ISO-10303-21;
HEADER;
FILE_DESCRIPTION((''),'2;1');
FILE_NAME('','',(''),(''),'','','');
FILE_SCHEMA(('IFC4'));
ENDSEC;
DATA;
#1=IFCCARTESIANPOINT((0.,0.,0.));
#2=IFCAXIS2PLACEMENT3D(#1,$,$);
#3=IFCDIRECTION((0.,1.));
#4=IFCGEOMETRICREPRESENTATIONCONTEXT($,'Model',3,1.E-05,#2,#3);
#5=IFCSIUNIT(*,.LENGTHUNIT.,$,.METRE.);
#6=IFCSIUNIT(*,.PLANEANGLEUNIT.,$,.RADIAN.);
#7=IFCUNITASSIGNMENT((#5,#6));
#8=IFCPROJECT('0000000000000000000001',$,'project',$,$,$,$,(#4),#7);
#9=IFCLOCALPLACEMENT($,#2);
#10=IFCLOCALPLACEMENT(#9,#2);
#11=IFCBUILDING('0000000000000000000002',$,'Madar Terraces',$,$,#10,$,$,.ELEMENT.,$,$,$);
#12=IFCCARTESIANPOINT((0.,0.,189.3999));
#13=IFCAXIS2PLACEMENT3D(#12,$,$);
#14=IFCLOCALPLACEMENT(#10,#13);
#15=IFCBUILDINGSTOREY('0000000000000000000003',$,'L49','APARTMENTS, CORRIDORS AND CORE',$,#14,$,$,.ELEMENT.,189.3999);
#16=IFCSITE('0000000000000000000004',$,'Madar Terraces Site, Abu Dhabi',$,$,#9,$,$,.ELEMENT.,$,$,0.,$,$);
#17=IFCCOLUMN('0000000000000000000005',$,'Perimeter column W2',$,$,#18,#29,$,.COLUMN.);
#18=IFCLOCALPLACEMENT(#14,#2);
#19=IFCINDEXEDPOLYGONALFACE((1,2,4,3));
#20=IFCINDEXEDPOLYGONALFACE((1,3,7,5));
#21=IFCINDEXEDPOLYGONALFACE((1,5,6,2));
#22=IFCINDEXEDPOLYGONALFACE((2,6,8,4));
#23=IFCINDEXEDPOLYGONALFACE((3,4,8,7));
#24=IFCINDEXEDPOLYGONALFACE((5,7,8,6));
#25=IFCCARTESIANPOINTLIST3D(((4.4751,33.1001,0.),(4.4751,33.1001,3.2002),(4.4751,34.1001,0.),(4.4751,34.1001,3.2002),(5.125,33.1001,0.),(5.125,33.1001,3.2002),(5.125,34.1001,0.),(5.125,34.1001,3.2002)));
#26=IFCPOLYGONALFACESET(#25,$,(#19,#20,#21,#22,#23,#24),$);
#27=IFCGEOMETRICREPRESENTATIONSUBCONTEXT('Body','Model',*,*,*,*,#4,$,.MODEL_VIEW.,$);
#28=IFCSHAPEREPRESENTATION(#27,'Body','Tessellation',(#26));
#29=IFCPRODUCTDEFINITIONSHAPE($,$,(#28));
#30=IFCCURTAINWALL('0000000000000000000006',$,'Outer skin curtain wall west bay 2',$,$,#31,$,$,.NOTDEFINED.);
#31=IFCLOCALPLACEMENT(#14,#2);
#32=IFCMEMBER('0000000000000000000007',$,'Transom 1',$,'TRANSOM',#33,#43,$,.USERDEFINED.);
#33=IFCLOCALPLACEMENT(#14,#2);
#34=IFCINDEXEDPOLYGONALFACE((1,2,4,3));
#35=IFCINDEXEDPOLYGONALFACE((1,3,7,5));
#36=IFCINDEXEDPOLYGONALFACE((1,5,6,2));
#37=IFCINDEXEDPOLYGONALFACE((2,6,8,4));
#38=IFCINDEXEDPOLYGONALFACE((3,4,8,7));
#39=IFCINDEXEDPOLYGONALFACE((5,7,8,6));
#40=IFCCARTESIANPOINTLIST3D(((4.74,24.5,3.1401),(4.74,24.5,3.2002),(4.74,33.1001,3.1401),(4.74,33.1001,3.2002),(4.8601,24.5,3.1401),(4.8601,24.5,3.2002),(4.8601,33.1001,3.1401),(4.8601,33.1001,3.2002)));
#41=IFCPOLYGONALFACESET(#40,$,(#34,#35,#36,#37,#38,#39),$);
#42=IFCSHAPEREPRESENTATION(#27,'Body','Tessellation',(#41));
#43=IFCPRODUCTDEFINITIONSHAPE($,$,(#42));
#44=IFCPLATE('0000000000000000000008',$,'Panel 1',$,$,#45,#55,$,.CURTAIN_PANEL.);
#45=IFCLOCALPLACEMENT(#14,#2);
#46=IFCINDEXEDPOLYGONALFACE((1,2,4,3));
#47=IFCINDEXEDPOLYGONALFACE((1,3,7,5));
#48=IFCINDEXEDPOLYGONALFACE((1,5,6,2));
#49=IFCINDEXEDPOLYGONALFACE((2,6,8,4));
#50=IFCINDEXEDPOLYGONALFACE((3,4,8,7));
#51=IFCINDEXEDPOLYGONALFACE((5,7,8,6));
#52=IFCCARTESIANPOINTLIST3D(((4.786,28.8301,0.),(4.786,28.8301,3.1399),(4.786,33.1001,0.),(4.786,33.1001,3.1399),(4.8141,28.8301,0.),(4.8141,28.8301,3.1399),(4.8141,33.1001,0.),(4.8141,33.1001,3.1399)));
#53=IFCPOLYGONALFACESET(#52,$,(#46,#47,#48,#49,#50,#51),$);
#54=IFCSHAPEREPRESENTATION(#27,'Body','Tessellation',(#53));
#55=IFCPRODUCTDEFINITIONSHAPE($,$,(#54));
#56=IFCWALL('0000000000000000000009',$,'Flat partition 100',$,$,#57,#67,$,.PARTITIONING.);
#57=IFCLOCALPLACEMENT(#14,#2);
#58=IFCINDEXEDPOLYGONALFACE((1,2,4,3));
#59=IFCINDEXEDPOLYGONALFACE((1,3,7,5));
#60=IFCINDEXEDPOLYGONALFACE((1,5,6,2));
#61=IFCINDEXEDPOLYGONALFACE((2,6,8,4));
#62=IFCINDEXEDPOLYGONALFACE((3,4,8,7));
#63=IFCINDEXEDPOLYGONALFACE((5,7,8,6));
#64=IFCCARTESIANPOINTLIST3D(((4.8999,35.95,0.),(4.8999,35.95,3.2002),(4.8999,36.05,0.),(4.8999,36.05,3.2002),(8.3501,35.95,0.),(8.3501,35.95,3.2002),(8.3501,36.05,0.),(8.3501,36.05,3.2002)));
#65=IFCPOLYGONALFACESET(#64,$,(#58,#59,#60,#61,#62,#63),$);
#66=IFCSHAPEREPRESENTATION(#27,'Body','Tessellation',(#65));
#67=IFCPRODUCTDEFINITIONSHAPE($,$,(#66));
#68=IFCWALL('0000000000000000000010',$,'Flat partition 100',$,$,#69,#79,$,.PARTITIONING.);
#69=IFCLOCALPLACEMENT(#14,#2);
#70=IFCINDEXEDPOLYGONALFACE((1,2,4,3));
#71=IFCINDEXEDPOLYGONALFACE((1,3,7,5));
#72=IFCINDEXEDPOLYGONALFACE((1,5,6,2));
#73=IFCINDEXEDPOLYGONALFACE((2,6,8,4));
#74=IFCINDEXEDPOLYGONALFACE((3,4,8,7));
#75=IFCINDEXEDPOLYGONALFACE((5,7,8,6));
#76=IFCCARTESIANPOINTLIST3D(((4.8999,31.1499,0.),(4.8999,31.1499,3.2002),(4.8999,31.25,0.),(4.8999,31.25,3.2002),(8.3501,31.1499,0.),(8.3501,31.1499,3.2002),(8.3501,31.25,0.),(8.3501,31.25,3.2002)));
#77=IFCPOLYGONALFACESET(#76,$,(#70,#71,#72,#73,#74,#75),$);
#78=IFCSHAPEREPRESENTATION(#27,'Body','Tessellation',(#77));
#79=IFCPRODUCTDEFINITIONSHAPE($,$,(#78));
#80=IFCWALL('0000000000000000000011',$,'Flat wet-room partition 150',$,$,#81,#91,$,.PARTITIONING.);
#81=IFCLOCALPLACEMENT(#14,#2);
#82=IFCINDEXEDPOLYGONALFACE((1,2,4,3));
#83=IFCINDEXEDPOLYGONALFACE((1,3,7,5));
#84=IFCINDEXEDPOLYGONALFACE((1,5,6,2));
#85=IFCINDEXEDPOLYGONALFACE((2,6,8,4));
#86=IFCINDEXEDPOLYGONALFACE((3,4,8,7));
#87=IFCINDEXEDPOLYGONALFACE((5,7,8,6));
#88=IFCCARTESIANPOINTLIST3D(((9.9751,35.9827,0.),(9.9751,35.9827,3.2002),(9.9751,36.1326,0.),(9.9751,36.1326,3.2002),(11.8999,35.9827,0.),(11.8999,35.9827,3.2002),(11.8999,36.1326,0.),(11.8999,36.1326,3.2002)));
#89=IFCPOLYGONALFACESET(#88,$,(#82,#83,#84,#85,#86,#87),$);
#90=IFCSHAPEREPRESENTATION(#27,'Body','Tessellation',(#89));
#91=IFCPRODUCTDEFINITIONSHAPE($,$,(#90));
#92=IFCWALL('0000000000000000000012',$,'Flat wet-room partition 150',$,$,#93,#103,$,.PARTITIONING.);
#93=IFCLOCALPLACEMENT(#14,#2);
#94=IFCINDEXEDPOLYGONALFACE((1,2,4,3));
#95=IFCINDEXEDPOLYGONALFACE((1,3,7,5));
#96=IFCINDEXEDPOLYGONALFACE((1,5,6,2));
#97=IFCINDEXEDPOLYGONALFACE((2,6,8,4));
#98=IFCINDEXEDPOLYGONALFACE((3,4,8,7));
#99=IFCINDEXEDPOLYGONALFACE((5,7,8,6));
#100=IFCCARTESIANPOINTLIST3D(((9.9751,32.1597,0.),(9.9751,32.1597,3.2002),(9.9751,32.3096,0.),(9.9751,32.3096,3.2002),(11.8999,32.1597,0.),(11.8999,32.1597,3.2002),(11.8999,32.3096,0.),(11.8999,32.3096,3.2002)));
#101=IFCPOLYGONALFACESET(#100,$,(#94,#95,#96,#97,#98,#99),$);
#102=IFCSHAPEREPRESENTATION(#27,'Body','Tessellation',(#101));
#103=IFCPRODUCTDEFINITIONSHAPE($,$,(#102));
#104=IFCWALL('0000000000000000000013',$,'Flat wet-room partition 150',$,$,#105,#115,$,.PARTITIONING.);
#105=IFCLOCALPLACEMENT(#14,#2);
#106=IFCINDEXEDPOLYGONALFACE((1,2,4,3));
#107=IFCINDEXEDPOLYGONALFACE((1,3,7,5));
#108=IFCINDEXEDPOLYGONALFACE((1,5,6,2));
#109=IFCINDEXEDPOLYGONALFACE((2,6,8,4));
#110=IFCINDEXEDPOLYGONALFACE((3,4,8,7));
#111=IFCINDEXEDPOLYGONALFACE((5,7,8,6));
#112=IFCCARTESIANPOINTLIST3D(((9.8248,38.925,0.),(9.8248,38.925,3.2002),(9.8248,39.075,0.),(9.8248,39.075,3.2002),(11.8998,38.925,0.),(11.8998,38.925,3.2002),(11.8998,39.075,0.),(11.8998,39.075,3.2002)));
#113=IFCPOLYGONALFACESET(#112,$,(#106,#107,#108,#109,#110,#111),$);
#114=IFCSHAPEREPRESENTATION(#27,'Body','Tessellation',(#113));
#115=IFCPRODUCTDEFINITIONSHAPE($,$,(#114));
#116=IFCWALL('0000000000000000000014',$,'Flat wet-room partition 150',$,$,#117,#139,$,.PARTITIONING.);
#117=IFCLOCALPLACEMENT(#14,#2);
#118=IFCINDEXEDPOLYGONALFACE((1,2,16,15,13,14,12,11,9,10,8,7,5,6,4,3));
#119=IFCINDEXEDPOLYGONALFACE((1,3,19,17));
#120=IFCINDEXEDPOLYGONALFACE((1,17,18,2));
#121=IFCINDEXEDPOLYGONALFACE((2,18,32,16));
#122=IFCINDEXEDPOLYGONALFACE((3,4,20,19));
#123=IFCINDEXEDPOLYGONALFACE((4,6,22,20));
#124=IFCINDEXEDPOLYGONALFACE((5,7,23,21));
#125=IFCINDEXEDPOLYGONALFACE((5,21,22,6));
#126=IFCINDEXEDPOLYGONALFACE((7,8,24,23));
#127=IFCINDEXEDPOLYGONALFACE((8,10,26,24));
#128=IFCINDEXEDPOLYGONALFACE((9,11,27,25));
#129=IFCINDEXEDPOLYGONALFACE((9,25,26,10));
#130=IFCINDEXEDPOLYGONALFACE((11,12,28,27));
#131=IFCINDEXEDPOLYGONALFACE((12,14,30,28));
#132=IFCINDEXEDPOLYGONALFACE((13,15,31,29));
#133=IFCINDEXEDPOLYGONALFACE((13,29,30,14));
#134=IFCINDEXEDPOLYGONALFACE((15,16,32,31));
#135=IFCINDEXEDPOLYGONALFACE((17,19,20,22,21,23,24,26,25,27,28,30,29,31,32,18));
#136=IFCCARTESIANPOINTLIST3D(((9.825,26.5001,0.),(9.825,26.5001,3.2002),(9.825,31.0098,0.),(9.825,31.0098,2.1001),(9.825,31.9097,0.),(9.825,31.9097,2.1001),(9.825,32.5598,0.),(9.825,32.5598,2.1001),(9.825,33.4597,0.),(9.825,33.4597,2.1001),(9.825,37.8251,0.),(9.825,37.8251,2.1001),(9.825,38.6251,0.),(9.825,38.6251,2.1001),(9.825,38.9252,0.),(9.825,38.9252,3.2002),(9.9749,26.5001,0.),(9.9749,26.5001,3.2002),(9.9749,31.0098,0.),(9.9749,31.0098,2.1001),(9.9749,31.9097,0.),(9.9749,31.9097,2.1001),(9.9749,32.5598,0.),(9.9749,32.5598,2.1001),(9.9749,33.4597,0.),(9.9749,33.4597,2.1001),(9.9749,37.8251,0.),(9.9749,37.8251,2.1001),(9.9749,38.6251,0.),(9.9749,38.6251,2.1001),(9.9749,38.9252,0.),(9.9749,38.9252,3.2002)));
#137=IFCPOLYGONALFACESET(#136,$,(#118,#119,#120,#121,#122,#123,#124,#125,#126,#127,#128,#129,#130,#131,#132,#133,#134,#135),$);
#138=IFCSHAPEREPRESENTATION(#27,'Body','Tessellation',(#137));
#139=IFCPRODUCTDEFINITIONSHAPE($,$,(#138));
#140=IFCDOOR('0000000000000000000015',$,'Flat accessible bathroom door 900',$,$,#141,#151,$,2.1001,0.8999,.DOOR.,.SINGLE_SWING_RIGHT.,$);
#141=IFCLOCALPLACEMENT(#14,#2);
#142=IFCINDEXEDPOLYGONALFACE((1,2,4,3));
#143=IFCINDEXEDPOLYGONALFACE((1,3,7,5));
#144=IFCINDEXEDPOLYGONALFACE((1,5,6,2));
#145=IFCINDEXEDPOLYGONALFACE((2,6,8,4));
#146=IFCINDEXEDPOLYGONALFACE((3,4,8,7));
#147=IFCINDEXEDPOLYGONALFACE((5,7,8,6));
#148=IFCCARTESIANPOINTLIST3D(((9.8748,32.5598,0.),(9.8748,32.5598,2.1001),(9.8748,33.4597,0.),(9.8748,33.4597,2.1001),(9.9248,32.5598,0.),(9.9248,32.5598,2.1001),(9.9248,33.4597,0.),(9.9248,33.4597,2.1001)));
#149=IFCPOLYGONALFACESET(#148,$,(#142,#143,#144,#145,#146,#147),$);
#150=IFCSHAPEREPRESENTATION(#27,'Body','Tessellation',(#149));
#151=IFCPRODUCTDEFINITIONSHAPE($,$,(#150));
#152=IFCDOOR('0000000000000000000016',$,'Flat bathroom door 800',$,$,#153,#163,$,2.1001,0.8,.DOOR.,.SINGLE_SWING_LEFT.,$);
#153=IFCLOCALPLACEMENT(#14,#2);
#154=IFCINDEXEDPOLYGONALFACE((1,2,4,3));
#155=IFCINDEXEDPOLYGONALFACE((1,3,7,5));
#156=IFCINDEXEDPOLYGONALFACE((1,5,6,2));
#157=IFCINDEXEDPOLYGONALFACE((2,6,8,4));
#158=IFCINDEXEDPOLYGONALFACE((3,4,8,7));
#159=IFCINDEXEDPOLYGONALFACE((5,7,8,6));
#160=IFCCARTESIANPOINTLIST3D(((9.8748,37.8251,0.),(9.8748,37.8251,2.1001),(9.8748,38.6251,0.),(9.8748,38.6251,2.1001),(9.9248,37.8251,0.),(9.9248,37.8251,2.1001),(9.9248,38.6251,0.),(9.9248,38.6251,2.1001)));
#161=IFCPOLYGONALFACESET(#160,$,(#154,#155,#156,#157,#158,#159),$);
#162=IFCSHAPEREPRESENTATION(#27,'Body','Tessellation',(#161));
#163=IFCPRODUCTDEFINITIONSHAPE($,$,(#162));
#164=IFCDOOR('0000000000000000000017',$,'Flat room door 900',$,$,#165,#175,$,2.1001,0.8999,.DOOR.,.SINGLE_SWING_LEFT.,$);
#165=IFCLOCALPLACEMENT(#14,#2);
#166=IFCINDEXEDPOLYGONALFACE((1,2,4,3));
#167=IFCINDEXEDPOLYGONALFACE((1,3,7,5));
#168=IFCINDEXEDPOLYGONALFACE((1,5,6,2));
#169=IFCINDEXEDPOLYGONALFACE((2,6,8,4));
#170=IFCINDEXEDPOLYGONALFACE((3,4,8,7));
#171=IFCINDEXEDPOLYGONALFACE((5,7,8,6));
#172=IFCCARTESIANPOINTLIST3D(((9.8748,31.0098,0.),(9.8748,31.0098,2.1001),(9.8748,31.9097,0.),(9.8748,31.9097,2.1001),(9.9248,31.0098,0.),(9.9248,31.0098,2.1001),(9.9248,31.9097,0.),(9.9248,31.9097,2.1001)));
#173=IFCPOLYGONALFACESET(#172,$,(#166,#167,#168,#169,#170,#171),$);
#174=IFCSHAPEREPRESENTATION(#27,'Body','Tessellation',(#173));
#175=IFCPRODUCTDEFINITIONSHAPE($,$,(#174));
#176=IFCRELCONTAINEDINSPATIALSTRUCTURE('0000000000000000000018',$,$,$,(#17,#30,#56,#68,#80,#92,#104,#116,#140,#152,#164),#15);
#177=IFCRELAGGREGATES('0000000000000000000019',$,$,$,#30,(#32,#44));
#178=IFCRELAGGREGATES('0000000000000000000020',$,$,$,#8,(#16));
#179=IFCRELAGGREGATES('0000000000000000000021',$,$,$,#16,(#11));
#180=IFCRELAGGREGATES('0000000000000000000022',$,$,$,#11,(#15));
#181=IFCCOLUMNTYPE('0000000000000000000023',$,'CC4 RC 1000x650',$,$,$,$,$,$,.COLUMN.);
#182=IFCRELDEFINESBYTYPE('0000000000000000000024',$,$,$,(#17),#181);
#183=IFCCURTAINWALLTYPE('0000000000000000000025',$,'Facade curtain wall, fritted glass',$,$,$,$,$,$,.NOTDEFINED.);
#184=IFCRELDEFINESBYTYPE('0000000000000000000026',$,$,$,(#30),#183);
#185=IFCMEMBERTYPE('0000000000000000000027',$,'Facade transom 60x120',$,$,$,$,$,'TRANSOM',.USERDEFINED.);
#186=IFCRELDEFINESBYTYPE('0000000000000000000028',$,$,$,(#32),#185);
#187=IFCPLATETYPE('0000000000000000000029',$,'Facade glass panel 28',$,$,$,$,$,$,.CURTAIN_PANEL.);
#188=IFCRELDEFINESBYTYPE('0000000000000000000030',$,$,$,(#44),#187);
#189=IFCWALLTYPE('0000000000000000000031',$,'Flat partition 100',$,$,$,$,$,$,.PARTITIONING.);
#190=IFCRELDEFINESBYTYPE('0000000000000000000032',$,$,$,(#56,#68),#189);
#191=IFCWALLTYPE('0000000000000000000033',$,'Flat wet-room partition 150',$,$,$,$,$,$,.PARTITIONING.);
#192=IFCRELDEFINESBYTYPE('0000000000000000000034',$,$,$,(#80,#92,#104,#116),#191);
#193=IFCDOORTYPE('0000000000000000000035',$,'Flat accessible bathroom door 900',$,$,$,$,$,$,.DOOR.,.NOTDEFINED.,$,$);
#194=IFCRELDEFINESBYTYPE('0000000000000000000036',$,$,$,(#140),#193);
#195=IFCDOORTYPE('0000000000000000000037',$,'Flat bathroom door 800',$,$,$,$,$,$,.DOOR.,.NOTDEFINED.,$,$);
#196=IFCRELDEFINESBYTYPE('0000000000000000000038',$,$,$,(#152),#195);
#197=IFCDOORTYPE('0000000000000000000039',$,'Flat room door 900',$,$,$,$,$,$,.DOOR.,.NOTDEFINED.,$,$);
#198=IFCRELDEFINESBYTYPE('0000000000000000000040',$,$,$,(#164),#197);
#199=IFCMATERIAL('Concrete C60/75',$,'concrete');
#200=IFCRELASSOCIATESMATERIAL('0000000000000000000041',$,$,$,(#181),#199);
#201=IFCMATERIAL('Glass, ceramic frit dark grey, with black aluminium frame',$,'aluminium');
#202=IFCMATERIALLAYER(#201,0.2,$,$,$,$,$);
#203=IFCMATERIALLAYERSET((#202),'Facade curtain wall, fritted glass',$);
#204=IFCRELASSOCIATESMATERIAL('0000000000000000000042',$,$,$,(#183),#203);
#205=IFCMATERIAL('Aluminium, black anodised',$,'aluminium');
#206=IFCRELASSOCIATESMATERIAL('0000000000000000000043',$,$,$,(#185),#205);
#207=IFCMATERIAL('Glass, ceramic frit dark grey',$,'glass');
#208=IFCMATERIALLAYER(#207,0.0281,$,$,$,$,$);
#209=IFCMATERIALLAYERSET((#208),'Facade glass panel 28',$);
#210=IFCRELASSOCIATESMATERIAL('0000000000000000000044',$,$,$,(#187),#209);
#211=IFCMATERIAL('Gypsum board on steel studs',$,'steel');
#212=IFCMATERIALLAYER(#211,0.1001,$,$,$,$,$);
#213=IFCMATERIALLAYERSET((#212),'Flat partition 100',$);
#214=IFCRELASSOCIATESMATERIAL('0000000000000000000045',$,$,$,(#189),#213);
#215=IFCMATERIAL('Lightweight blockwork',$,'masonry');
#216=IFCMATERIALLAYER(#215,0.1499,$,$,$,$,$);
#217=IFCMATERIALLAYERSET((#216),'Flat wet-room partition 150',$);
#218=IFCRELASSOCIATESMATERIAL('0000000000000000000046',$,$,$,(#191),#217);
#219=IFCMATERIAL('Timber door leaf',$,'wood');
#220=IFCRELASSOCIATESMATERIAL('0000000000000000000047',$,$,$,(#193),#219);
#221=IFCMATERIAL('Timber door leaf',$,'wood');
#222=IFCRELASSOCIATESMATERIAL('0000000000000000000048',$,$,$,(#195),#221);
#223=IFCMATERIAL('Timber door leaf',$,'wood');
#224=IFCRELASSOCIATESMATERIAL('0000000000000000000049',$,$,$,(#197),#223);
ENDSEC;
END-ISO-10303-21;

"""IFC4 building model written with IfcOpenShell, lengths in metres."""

from ifc_helpers import new_model, si_unit, direction, frame, frame_2d, origin, origin_2d, place, context, subcontext, project, spatial, rectangle, extrude, material, layer, layer_set, material_profile, profile_set, type_object, element, fill, aggregate, save


model = new_model("IFC4")

# Units and contexts
model_context = context("Model", 3, precision=1e-05, world=origin(), true_north=direction((0.0, 1.0)))
body_context = subcontext(model_context, "Body", "Model", "MODEL_VIEW")
ifc_project = project(units=[si_unit("LENGTHUNIT", "METRE"), si_unit("PLANEANGLEUNIT", "RADIAN")], contexts=[model_context])

# Site, building, storey
site_placement = place(None, origin())
site = spatial("IfcSite", under=ifc_project, at=site_placement, Name="Madar Terraces Site, Abu Dhabi", CompositionType="ELEMENT", RefElevation=0.0)
building_placement = place(site_placement, origin())
building = spatial("IfcBuilding", under=site, at=building_placement, Name="Madar Terraces", CompositionType="ELEMENT")
storey_placement = place(building_placement, frame((0.0, 0.0, 189.3999)))
storey = spatial("IfcBuildingStorey", under=building, at=storey_placement, Name="L49", Description="APARTMENTS, CORRIDORS AND CORE", CompositionType="ELEMENT", Elevation=189.3999)

# Column
ifc_material_1 = material(Name="Concrete C60/75", Category="concrete")
ifc_material_profile_1 = material_profile(ifc_material_1, rectangle(XDim=1.0, YDim=0.6499, at=origin_2d()), Name="CC4 RC 1000x650")
ifc_profile_set_1 = profile_set([ifc_material_profile_1], Name="Concrete C60/75")
column_type = type_object("IfcColumnType", Name="CC4 RC 1000x650", PredefinedType="COLUMN", material=ifc_profile_set_1)
column_placement = place(storey_placement, frame((4.8, 33.6001, 0.0), z_axis=(0.0, 0.0, 1.0), x_axis=(0.0, 1.0, 0.0)))
element("IfcColumn", 1, at=column_placement, inside=storey, type_object=column_type, Name="Perimeter column W2", PredefinedType="COLUMN", context=body_context, shape_type="SweptSolid", body=[
    extrude(rectangle(XDim=1.0, YDim=0.6499, at=origin_2d()), origin(), (0.0, 0.0, 1.0), 3.2002),
])

# Curtain wall, member, plate
ifc_material_2 = material(Name="Glass, ceramic frit dark grey, with black aluminium frame", Category="aluminium")
ifc_layer_1 = layer(ifc_material_2, 0.2)
ifc_layer_set_1 = layer_set([ifc_layer_1], Name="Facade curtain wall, fritted glass")
curtain_wall_type = type_object("IfcCurtainWallType", Name="Facade curtain wall, fritted glass", PredefinedType="NOTDEFINED", material=ifc_layer_set_1)
curtain_wall_placement = place(storey_placement, origin())
curtain_wall = element("IfcCurtainWall", 2, at=curtain_wall_placement, inside=storey, type_object=curtain_wall_type, Name="Outer skin curtain wall west bay 2", PredefinedType="NOTDEFINED")
ifc_material_3 = material(Name="Aluminium, black anodised", Category="aluminium")
ifc_material_profile_2 = material_profile(ifc_material_3, rectangle(XDim=0.1201, YDim=0.0601, at=origin_2d()), Name="Facade transom 60x120")
ifc_profile_set_2 = profile_set([ifc_material_profile_2], Name="Aluminium, black anodised")
member_type = type_object("IfcMemberType", Name="Facade transom 60x120", ElementType="TRANSOM", PredefinedType="USERDEFINED", material=ifc_profile_set_2)
member_placement = place(storey_placement, frame((4.8, 33.1001, 3.1702), z_axis=(0.0, -1.0, 0.0), x_axis=(1.0, 0.0, 0.0)))
member = element("IfcMember", 3, at=member_placement, type_object=member_type, Name="Transom 1", ObjectType="TRANSOM", PredefinedType="USERDEFINED", context=body_context, shape_type="SweptSolid", body=[
    extrude(rectangle(XDim=0.1201, YDim=0.0601, at=origin_2d()), origin(), (0.0, 0.0, 1.0), 8.6001),
])
ifc_material_4 = material(Name="Glass, ceramic frit dark grey", Category="glass")
ifc_layer_2 = layer(ifc_material_4, 0.0281)
ifc_layer_set_2 = layer_set([ifc_layer_2], Name="Facade glass panel 28")
plate_type = type_object("IfcPlateType", Name="Facade glass panel 28", PredefinedType="CURTAIN_PANEL", material=ifc_layer_set_2)
plate_placement = place(storey_placement, frame((4.8, 30.9651, 0.0), z_axis=(0.0, 0.0, 1.0), x_axis=(0.0, -1.0, 0.0)))
plate = element("IfcPlate", 4, at=plate_placement, type_object=plate_type, Name="Panel 1", PredefinedType="CURTAIN_PANEL", context=body_context, shape_type="SweptSolid", body=[
    extrude(rectangle(XDim=4.27, YDim=0.0281, at=origin_2d()), origin(), (0.0, 0.0, 1.0), 3.1399),
])
aggregate(curtain_wall, [member, plate])

# Walls
ifc_material_5 = material(Name="Gypsum board on steel studs", Category="steel")
ifc_layer_3 = layer(ifc_material_5, 0.1001)
ifc_layer_set_3 = layer_set([ifc_layer_3], Name="Flat partition 100")
wall_type_1 = type_object("IfcWallType", Name="Flat partition 100", PredefinedType="PARTITIONING", material=ifc_layer_set_3)
for number, where, z_axis, x_axis, name in (
    (5, (8.3501, 36.0, 0.0), (0.0, 0.0, 1.0), (-1.0, 0.0, 0.0), "Flat partition 100"),
    (6, (8.3501, 31.2, 0.0), (0.0, 0.0, 1.0), (-1.0, 0.0, 0.0), "Flat partition 100"),
):
    element("IfcWall", number, at=place(storey_placement, frame(where, z_axis=z_axis, x_axis=x_axis)), inside=storey, type_object=wall_type_1, Name=name, PredefinedType="PARTITIONING", context=body_context, shape_type="SweptSolid", body=[
        extrude(rectangle(XDim=3.4502, YDim=0.1001, at=frame_2d((1.7251, 0.0))), origin(), (0.0, 0.0, 1.0), 3.2002),
    ])
ifc_material_6 = material(Name="Lightweight blockwork", Category="masonry")
ifc_layer_4 = layer(ifc_material_6, 0.1499)
ifc_layer_set_4 = layer_set([ifc_layer_4], Name="Flat wet-room partition 150")
wall_type_2 = type_object("IfcWallType", Name="Flat wet-room partition 150", PredefinedType="PARTITIONING", material=ifc_layer_set_4)
for number, where, z_axis, x_axis, name in (
    (7, (11.8999, 36.0576, 0.0), (0.0, 0.0, 1.0), (-1.0, 0.0, 0.0), "Flat wet-room partition 150"),
    (8, (11.8999, 32.2346, 0.0), (0.0, 0.0, 1.0), (-1.0, 0.0, 0.0), "Flat wet-room partition 150"),
):
    element("IfcWall", number, at=place(storey_placement, frame(where, z_axis=z_axis, x_axis=x_axis)), inside=storey, type_object=wall_type_2, Name=name, PredefinedType="PARTITIONING", context=body_context, shape_type="SweptSolid", body=[
        extrude(rectangle(XDim=1.9248, YDim=0.1499, at=frame_2d((0.9624, 0.0))), origin(), (0.0, 0.0, 1.0), 3.2002),
    ])
wall_1_placement = place(storey_placement, frame((11.8999, 39.0, 0.0), z_axis=(0.0, 0.0, 1.0), x_axis=(-1.0, 0.0, 0.0)))
element("IfcWall", 9, at=wall_1_placement, inside=storey, type_object=wall_type_2, Name="Flat wet-room partition 150", PredefinedType="PARTITIONING", context=body_context, shape_type="SweptSolid", body=[
    extrude(rectangle(XDim=2.075, YDim=0.1499, at=frame_2d((1.0376, 0.0))), origin(), (0.0, 0.0, 1.0), 3.2002),
])

# Wall, openings, doors
wall_2_placement = place(storey_placement, frame((9.8999, 38.925, 0.0), z_axis=(0.0, 0.0, 1.0), x_axis=(0.0, -1.0, 0.0)))
wall_2 = element("IfcWall", 10, at=wall_2_placement, inside=storey, type_object=wall_type_2, Name="Flat wet-room partition 150", PredefinedType="PARTITIONING", context=body_context, shape_type="SweptSolid", body=[
    extrude(rectangle(XDim=12.425, YDim=0.1499, at=frame_2d((6.2124, 0.0))), origin(), (0.0, 0.0, 1.0), 3.2002),
])
opening_1_placement = place(wall_2_placement, frame((0.3, 0.0, 0.0)))
opening_1 = element("IfcOpeningElement", 11, at=opening_1_placement, cuts=wall_2, PredefinedType="OPENING", context=body_context, shape_type="SweptSolid", body=[
    extrude(rectangle(XDim=0.8, YDim=2.1001, at=frame_2d((0.3999, 1.05))), frame((0.0, 0.085, 0.0), z_axis=(0.0, -1.0, 0.0), x_axis=(1.0, 0.0, 0.0)), (0.0, 0.0, 1.0), 0.1699),
])
opening_2_placement = place(wall_2_placement, frame((5.4653, 0.0, 0.0)))
opening_2 = element("IfcOpeningElement", 12, at=opening_2_placement, cuts=wall_2, PredefinedType="OPENING", context=body_context, shape_type="SweptSolid", body=[
    extrude(rectangle(XDim=0.8999, YDim=2.1001, at=frame_2d((0.45, 1.05))), frame((0.0, 0.085, 0.0), z_axis=(0.0, -1.0, 0.0), x_axis=(1.0, 0.0, 0.0)), (0.0, 0.0, 1.0), 0.1699),
])
opening_3_placement = place(wall_2_placement, frame((7.0154, 0.0, 0.0)))
opening_3 = element("IfcOpeningElement", 13, at=opening_3_placement, cuts=wall_2, PredefinedType="OPENING", context=body_context, shape_type="SweptSolid", body=[
    extrude(rectangle(XDim=0.8999, YDim=2.1001, at=frame_2d((0.45, 1.05))), frame((0.0, 0.085, 0.0), z_axis=(0.0, -1.0, 0.0), x_axis=(1.0, 0.0, 0.0)), (0.0, 0.0, 1.0), 0.1699),
])
ifc_material_7 = material(Name="Timber door leaf", Category="wood")
door_type_1 = type_object("IfcDoorType", Name="Flat accessible bathroom door 900", OperationType="NOTDEFINED", PredefinedType="DOOR", material=ifc_material_7)
door_1_placement = place(opening_2_placement, origin())
door_1 = element("IfcDoor", 14, at=door_1_placement, inside=storey, type_object=door_type_1, Name="Flat accessible bathroom door 900", OperationType="SINGLE_SWING_RIGHT", OverallHeight=2.1001, OverallWidth=0.8999, PredefinedType="DOOR", context=body_context, shape_type="SweptSolid", body=[
    extrude(rectangle(XDim=0.8999, YDim=2.1001, at=frame_2d((0.45, 1.05))), frame((0.0, 0.0249, 0.0), z_axis=(0.0, -1.0, 0.0), x_axis=(1.0, 0.0, 0.0)), (0.0, 0.0, 1.0), 0.05),
])
fill(opening_2, door_1)
ifc_material_8 = material(Name="Timber door leaf", Category="wood")
door_type_2 = type_object("IfcDoorType", Name="Flat bathroom door 800", OperationType="NOTDEFINED", PredefinedType="DOOR", material=ifc_material_8)
door_2_placement = place(opening_1_placement, origin())
door_2 = element("IfcDoor", 15, at=door_2_placement, inside=storey, type_object=door_type_2, Name="Flat bathroom door 800", OperationType="SINGLE_SWING_LEFT", OverallHeight=2.1001, OverallWidth=0.8, PredefinedType="DOOR", context=body_context, shape_type="SweptSolid", body=[
    extrude(rectangle(XDim=0.8, YDim=2.1001, at=frame_2d((0.3999, 1.05))), frame((0.0, 0.0249, 0.0), z_axis=(0.0, -1.0, 0.0), x_axis=(1.0, 0.0, 0.0)), (0.0, 0.0, 1.0), 0.05),
])
fill(opening_1, door_2)
ifc_material_9 = material(Name="Timber door leaf", Category="wood")
door_type_3 = type_object("IfcDoorType", Name="Flat room door 900", OperationType="NOTDEFINED", PredefinedType="DOOR", material=ifc_material_9)
door_3_placement = place(opening_3_placement, origin())
door_3 = element("IfcDoor", 16, at=door_3_placement, inside=storey, type_object=door_type_3, Name="Flat room door 900", OperationType="SINGLE_SWING_LEFT", OverallHeight=2.1001, OverallWidth=0.8999, PredefinedType="DOOR", context=body_context, shape_type="SweptSolid", body=[
    extrude(rectangle(XDim=0.8999, YDim=2.1001, at=frame_2d((0.45, 1.05))), frame((0.0, 0.0249, 0.0), z_axis=(0.0, -1.0, 0.0), x_axis=(1.0, 0.0, 0.0)), (0.0, 0.0, 1.0), 0.05),
])
fill(opening_3, door_3)

save(model, "model.ifc")
